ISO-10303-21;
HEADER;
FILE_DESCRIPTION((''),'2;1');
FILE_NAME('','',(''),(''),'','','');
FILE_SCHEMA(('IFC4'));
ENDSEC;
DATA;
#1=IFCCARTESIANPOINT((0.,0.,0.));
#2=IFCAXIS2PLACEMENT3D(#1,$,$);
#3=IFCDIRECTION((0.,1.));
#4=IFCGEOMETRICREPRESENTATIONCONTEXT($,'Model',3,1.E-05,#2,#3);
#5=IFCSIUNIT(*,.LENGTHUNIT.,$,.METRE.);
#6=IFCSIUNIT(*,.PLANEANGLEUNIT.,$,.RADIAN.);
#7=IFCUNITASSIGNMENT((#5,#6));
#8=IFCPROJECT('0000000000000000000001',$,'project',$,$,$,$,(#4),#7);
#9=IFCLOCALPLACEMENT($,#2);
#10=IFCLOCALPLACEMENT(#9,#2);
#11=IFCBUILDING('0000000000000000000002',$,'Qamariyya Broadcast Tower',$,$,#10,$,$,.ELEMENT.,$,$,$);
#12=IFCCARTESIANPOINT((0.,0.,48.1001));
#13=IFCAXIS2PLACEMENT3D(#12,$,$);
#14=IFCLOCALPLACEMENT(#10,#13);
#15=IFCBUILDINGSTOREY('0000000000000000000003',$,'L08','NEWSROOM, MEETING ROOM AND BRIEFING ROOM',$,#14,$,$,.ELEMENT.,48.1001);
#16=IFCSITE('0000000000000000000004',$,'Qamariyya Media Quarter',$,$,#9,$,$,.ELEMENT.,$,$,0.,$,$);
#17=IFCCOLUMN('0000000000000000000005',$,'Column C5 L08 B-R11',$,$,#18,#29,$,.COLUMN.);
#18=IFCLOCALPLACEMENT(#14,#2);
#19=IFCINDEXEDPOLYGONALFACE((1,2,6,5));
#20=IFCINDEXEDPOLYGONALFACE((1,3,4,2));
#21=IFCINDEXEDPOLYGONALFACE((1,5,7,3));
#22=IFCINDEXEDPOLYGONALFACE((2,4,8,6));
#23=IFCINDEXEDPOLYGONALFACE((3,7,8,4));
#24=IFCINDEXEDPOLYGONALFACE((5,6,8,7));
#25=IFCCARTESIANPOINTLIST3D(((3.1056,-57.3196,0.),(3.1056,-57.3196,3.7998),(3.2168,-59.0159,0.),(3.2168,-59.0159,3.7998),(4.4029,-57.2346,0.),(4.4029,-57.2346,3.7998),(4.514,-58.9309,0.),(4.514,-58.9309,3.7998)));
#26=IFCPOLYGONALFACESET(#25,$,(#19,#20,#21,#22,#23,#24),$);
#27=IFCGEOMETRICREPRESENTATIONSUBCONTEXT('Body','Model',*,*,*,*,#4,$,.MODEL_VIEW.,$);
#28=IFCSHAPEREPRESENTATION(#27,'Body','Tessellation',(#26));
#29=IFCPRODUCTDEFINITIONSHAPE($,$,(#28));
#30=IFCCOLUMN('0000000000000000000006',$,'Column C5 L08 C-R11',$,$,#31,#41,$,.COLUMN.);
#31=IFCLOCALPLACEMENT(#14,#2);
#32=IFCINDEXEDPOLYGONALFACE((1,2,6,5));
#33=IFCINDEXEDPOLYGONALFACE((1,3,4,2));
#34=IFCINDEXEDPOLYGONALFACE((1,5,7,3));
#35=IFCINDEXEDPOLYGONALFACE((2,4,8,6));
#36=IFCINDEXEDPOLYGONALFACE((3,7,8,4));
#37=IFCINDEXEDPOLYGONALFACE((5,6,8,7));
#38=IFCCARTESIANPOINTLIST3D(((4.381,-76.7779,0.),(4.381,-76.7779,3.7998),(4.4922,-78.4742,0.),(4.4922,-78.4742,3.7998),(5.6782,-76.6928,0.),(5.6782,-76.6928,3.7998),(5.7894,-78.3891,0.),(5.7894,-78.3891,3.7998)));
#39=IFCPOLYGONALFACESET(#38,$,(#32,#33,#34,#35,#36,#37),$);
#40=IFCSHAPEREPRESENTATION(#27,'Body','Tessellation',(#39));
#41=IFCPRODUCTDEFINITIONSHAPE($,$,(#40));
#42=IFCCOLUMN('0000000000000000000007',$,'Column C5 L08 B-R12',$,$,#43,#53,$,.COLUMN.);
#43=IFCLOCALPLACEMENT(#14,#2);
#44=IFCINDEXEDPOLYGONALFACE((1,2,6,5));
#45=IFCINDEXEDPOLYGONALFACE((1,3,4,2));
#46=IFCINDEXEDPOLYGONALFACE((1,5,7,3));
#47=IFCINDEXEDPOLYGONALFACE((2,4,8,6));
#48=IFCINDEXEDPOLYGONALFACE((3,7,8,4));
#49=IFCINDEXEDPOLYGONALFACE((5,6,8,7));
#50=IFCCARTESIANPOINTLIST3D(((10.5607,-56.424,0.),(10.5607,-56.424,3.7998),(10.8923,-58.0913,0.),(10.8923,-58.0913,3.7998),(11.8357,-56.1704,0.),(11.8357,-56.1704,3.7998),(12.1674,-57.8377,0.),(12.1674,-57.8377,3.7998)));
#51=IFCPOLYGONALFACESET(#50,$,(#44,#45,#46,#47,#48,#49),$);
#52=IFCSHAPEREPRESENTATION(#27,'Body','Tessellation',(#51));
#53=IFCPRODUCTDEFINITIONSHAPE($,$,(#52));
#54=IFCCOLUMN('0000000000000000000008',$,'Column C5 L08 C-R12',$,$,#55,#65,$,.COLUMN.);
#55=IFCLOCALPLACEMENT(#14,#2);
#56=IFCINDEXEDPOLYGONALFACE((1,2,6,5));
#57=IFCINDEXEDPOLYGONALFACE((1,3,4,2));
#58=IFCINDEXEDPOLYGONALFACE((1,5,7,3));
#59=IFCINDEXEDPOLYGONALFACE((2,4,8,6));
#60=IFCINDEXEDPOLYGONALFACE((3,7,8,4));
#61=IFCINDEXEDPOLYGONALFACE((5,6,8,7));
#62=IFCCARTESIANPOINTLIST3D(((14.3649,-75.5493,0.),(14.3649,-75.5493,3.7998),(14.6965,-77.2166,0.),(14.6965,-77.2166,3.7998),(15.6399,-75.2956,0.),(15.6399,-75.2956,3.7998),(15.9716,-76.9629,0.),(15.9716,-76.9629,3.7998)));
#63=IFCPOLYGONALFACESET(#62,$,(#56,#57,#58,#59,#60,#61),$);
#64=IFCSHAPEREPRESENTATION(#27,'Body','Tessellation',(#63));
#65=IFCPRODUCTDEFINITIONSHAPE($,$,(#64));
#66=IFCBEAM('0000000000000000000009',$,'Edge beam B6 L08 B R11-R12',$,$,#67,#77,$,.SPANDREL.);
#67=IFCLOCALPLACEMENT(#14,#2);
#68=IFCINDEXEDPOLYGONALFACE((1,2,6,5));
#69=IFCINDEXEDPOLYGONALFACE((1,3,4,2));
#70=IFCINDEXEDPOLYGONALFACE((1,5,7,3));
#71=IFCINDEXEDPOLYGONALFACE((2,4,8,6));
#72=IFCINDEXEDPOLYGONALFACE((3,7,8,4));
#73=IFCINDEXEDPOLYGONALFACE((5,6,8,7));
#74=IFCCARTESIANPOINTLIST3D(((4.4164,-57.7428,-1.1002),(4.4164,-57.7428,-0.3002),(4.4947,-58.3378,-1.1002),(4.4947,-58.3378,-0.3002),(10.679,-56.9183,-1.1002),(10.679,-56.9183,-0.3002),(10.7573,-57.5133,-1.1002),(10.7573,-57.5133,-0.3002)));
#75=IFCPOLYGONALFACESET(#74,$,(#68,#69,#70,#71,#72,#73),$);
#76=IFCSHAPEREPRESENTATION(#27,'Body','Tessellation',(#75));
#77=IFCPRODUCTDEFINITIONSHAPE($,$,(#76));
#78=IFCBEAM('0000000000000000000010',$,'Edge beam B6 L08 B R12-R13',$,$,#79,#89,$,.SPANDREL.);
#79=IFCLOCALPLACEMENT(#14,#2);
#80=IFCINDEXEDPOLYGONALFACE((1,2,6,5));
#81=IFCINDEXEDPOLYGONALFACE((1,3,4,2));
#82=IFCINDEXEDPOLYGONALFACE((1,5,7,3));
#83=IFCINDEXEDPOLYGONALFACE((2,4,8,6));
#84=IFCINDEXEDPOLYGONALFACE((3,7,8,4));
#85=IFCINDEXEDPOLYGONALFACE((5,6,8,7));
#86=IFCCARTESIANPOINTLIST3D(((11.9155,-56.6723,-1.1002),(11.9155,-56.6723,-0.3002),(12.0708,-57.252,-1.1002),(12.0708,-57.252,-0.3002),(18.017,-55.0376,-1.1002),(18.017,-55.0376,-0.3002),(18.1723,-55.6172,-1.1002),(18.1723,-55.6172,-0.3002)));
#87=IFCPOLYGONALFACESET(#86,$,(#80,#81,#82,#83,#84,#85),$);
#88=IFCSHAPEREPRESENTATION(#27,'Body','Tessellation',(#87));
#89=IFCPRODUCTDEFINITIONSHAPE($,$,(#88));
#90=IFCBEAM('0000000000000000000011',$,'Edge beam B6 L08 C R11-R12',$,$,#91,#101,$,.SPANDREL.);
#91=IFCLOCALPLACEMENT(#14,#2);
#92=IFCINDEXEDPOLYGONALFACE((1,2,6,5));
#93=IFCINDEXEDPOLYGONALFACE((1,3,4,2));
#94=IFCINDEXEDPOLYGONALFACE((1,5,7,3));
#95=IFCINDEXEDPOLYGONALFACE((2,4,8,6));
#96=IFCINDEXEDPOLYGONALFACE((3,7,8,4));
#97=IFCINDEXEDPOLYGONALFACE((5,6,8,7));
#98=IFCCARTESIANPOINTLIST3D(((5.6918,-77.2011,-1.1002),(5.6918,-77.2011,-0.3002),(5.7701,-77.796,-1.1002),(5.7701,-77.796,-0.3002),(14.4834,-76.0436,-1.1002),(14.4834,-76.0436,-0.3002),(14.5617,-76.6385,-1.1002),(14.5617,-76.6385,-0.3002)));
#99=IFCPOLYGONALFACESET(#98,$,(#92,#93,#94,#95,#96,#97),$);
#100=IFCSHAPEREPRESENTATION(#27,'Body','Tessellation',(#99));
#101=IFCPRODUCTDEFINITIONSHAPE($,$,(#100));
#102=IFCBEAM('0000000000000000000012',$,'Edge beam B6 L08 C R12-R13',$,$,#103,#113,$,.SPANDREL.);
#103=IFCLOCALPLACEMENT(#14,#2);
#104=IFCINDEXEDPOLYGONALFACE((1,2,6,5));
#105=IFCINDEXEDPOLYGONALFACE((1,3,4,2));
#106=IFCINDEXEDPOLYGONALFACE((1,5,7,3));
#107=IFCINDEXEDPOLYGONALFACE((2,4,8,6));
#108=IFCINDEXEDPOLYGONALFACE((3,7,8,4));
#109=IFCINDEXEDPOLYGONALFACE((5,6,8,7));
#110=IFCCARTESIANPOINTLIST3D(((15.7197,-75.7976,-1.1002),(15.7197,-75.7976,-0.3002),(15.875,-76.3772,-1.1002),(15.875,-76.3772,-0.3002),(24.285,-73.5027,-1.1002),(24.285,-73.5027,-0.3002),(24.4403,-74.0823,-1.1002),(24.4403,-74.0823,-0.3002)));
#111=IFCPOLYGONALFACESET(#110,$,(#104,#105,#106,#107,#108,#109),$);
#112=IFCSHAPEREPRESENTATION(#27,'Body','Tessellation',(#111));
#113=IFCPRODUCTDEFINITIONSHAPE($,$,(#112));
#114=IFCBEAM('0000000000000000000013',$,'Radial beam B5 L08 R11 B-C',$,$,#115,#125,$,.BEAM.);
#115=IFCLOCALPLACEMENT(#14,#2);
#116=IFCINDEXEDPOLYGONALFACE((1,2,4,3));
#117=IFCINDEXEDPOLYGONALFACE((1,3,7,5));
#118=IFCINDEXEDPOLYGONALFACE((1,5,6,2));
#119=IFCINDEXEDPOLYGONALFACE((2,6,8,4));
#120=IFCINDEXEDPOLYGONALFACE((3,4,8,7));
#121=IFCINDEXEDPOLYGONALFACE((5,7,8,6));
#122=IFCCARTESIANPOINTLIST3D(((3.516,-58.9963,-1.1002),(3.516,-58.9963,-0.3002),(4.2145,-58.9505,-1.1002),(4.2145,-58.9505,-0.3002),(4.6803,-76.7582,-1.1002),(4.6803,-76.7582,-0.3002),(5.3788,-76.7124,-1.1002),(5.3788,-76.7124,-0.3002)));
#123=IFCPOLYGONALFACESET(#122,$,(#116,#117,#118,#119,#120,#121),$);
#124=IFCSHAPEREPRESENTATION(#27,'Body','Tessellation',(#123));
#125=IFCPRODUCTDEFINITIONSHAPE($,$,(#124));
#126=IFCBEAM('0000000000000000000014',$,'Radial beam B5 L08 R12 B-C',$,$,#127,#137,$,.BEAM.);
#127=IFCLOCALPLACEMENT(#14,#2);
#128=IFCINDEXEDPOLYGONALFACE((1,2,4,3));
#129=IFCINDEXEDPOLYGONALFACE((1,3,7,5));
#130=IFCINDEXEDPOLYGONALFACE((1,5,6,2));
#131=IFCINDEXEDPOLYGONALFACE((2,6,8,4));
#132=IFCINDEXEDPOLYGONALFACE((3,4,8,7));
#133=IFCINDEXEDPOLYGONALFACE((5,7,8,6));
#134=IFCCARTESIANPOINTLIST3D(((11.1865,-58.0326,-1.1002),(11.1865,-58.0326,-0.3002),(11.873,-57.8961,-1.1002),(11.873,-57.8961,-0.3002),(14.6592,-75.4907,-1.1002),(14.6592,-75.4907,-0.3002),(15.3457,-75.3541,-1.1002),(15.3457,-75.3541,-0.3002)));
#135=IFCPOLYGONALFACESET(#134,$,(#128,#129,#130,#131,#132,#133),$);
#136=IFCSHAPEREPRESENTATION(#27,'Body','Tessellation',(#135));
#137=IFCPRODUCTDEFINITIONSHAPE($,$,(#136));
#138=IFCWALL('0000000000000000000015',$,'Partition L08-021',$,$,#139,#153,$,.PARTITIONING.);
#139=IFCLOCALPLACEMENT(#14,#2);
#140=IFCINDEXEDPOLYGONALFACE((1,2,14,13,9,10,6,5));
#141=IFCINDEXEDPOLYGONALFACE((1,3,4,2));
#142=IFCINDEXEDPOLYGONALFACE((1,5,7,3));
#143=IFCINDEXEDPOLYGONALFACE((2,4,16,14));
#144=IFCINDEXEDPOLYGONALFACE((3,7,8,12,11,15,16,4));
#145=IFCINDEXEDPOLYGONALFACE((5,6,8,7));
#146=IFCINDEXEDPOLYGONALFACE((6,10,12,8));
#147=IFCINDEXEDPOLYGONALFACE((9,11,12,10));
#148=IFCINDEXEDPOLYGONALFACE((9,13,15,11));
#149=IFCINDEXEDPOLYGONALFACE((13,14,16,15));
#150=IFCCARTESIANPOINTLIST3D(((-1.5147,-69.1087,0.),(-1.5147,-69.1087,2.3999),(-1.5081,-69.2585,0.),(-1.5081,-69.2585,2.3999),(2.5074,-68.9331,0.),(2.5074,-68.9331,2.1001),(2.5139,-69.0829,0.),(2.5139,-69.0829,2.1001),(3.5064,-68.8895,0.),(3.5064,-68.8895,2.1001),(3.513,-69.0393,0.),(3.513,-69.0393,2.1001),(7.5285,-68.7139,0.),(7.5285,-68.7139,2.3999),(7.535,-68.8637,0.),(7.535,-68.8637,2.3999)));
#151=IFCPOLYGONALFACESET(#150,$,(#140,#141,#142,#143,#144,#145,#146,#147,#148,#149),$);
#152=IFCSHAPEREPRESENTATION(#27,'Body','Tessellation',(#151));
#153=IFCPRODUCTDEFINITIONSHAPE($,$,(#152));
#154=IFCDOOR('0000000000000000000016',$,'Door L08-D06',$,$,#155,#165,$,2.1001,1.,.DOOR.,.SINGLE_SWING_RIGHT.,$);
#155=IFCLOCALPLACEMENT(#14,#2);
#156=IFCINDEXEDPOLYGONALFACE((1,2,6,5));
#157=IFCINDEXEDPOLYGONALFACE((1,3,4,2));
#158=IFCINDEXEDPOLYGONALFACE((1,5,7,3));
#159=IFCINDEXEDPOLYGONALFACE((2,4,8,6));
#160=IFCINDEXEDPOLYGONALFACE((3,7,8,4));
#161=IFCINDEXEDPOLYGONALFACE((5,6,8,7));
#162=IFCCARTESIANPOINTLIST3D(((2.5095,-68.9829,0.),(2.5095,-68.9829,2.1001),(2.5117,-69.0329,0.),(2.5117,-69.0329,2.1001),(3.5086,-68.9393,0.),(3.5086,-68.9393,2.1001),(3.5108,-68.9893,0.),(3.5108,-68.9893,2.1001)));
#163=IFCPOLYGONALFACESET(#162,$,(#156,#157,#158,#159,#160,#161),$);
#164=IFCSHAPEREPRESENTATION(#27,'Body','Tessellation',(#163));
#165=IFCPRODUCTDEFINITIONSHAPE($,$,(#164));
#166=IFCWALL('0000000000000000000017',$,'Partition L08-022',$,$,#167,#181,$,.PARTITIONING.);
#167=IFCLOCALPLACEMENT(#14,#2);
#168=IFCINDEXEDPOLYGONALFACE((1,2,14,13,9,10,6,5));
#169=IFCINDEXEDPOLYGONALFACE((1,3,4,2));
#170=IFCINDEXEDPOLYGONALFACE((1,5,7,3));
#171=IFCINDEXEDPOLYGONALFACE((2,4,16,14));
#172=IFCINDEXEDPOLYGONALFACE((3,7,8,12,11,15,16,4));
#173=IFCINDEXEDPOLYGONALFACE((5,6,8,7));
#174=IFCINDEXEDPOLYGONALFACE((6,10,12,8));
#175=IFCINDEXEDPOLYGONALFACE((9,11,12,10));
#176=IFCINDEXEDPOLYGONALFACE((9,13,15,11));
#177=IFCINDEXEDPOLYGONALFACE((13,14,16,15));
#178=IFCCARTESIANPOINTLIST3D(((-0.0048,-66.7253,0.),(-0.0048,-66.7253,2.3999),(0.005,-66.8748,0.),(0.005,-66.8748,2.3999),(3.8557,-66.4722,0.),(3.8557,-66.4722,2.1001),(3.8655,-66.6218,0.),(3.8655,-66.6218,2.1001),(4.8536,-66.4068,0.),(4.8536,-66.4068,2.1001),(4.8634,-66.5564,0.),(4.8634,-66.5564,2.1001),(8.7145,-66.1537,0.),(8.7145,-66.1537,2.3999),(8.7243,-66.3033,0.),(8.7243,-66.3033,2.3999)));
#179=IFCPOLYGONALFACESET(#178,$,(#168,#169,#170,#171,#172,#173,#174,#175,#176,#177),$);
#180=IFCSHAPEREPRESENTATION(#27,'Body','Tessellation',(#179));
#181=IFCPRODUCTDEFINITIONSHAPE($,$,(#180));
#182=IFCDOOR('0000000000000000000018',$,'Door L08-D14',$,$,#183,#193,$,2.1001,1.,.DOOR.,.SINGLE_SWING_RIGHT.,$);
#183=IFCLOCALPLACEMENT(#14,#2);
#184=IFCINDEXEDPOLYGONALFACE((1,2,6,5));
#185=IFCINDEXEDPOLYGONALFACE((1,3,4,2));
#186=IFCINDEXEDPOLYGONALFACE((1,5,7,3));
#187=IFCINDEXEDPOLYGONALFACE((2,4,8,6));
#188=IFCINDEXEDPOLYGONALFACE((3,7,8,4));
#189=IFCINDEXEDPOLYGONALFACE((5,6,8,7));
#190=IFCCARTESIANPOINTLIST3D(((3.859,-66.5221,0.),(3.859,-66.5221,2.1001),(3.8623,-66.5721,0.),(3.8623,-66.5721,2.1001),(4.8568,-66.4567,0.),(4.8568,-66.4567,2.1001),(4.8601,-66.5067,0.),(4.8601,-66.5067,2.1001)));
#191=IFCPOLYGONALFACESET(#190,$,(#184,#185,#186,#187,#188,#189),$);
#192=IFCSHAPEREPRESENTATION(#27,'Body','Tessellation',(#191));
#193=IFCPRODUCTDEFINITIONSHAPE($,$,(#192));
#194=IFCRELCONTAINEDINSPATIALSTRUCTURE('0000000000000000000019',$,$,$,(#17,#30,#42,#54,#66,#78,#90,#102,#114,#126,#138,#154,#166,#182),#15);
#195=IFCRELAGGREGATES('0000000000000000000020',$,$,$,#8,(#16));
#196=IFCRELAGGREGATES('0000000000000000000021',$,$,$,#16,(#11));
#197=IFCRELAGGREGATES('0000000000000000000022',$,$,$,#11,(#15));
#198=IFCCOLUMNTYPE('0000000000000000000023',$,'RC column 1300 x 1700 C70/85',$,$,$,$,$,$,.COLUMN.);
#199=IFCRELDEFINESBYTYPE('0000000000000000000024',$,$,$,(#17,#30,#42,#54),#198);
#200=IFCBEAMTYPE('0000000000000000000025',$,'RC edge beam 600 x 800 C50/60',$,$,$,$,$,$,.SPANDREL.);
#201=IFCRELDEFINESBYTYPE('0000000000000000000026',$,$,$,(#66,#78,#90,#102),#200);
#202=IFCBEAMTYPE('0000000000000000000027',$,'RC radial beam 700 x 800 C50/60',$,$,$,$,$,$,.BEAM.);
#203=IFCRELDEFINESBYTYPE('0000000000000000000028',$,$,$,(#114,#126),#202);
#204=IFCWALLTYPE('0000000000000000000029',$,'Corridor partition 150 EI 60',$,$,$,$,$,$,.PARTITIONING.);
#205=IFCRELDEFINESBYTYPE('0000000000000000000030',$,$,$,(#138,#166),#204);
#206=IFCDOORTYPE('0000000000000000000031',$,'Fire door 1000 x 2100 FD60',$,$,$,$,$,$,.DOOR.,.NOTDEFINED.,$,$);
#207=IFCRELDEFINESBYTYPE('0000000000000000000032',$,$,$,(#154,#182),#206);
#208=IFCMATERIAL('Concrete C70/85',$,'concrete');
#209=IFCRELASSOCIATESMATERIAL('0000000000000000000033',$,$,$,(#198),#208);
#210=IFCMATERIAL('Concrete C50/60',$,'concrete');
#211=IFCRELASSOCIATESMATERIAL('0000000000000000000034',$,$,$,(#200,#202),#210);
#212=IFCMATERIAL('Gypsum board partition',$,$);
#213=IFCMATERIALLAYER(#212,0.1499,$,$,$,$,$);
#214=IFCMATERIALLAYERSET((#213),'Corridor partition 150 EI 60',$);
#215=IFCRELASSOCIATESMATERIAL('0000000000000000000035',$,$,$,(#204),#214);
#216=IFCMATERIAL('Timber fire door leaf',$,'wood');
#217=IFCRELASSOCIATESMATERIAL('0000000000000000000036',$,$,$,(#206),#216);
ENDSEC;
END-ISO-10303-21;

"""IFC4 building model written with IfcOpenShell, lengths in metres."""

from ifc_helpers import new_model, si_unit, direction, frame, frame_2d, origin, origin_2d, place, context, subcontext, project, spatial, rectangle, extrude, material, layer, layer_set, material_profile, profile_set, type_object, element, fill, save


model = new_model("IFC4")

# Units and contexts
model_context = context("Model", 3, precision=1e-05, world=origin(), true_north=direction((0.0, 1.0)))
body_context = subcontext(model_context, "Body", "Model", "MODEL_VIEW")
ifc_project = project(units=[si_unit("LENGTHUNIT", "METRE"), si_unit("PLANEANGLEUNIT", "RADIAN")], contexts=[model_context])

# Site, building, storey
site_placement = place(None, origin())
site = spatial("IfcSite", under=ifc_project, at=site_placement, Name="Qamariyya Media Quarter", CompositionType="ELEMENT", RefElevation=0.0)
building_placement = place(site_placement, origin())
building = spatial("IfcBuilding", under=site, at=building_placement, Name="Qamariyya Broadcast Tower", CompositionType="ELEMENT")
storey_placement = place(building_placement, frame((0.0, 0.0, 48.1001)))
storey = spatial("IfcBuildingStorey", under=building, at=storey_placement, Name="L08", Description="NEWSROOM, MEETING ROOM AND BRIEFING ROOM", CompositionType="ELEMENT", Elevation=48.1001)

# Columns
ifc_material_1 = material(Name="Concrete C70/85", Category="concrete")
ifc_material_profile_1 = material_profile(ifc_material_1, rectangle(XDim=1.3, YDim=1.7, at=origin_2d()))
ifc_profile_set_1 = profile_set([ifc_material_profile_1], Name="Concrete C70/85")
column_type = type_object("IfcColumnType", Name="RC column 1300 x 1700 C70/85", PredefinedType="COLUMN", material=ifc_profile_set_1)
for number, where, z_axis, x_axis, name in (
    (1, (3.8098, -58.1252, 0.0), (0.0, 0.0, 1.0), (0.997859, 0.065403, 0.0), "Column C5 L08 B-R11"),
    (2, (5.0852, -77.5835, 0.0), (0.0, 0.0, 1.0), (0.997859, 0.065403, 0.0), "Column C5 L08 C-R11"),
    (3, (11.364, -57.1309, 0.0), (0.0, 0.0, 1.0), (0.980785, 0.19509, 0.0), "Column C5 L08 B-R12"),
    (4, (15.1682, -76.2561, 0.0), (0.0, 0.0, 1.0), (0.980785, 0.19509, 0.0), "Column C5 L08 C-R12"),
):
    element("IfcColumn", number, at=place(storey_placement, frame(where, z_axis=z_axis, x_axis=x_axis)), inside=storey, type_object=column_type, Name=name, PredefinedType="COLUMN", context=body_context, shape_type="SweptSolid", body=[
        extrude(rectangle(XDim=1.3, YDim=1.7, at=origin_2d()), origin(), (0.0, 0.0, 1.0), 3.7998),
    ])

# Beams
ifc_material_2 = material(Name="Concrete C50/60", Category="concrete")
ifc_material_profile_2 = material_profile(ifc_material_2, rectangle(XDim=0.6001, YDim=0.8, at=origin_2d()))
ifc_profile_set_2 = profile_set([ifc_material_profile_2], Name="Concrete C50/60")
beam_type_1 = type_object("IfcBeamType", Name="RC edge beam 600 x 800 C50/60", PredefinedType="SPANDREL", material=ifc_profile_set_2)
for number, where, z_axis, x_axis, name in (
    (5, (4.4556, -58.0403, -0.7002), (0.991446, 0.13052, 0.0), (-0.13052, 0.991446, 0.0), "Edge beam B6 L08 B R11-R12"),
    (6, (11.9932, -56.9622, -0.7002), (0.965931, 0.258798, 0.0), (-0.258798, 0.965931, 0.0), "Edge beam B6 L08 B R12-R13"),
):
    element("IfcBeam", number, at=place(storey_placement, frame(where, z_axis=z_axis, x_axis=x_axis)), inside=storey, type_object=beam_type_1, Name=name, PredefinedType="SPANDREL", context=body_context, shape_type="SweptSolid", body=[
        extrude(rectangle(XDim=0.6001, YDim=0.8, at=origin_2d()), origin(), (0.0, 0.0, 1.0), 6.3167),
    ])
for number, where, z_axis, x_axis, name in (
    (7, (5.731, -77.4985, -0.7002), (0.991444, 0.130531, 0.0), (-0.130531, 0.991444, 0.0), "Edge beam B6 L08 C R11-R12"),
    (8, (15.7974, -76.0874, -0.7002), (0.965931, 0.2588, 0.0), (-0.2588, 0.965931, 0.0), "Edge beam B6 L08 C R12-R13"),
):
    element("IfcBeam", number, at=place(storey_placement, frame(where, z_axis=z_axis, x_axis=x_axis)), inside=storey, type_object=beam_type_1, Name=name, PredefinedType="SPANDREL", context=body_context, shape_type="SweptSolid", body=[
        extrude(rectangle(XDim=0.6001, YDim=0.8, at=origin_2d()), origin(), (0.0, 0.0, 1.0), 8.8674),
    ])
ifc_material_profile_3 = material_profile(ifc_material_2, rectangle(XDim=0.7, YDim=0.8, at=origin_2d()))
ifc_profile_set_3 = profile_set([ifc_material_profile_3], Name="Concrete C50/60")
beam_type_2 = type_object("IfcBeamType", Name="RC radial beam 700 x 800 C50/60", PredefinedType="BEAM", material=ifc_profile_set_3)
for number, where, z_axis, x_axis, name in (
    (9, (3.8652, -58.9734, -0.7002), (0.06541, -0.997858, 0.0), (0.997858, 0.06541, 0.0), "Radial beam B5 L08 R11 B-C"),
    (10, (11.5298, -57.9644, -0.7002), (0.195093, -0.980785, 0.0), (0.980785, 0.195093, 0.0), "Radial beam B5 L08 R12 B-C"),
):
    element("IfcBeam", number, at=place(storey_placement, frame(where, z_axis=z_axis, x_axis=x_axis)), inside=storey, type_object=beam_type_2, Name=name, PredefinedType="BEAM", context=body_context, shape_type="SweptSolid", body=[
        extrude(rectangle(XDim=0.7, YDim=0.8, at=origin_2d()), origin(), (0.0, 0.0, 1.0), 17.8),
    ])

# Walls, openings, doors
ifc_material_3 = material(Name="Gypsum board partition")
ifc_layer_1 = layer(ifc_material_3, 0.1499)
ifc_layer_set_1 = layer_set([ifc_layer_1], Name="Corridor partition 150 EI 60")
wall_type_1 = type_object("IfcWallType", Name="Corridor partition 150 EI 60", PredefinedType="PARTITIONING", material=ifc_layer_set_1)
wall_1_placement = place(storey_placement, frame((7.5317, -68.7888, 0.0), z_axis=(0.0, 0.0, 1.0), x_axis=(-0.999049, -0.043613, 0.0)))
wall_1 = element("IfcWall", 11, at=wall_1_placement, inside=storey, type_object=wall_type_1, Name="Partition L08-021", PredefinedType="PARTITIONING", context=body_context, shape_type="SweptSolid", body=[
    extrude(rectangle(XDim=9.0518, YDim=0.1499, at=frame_2d((4.5259, 0.0))), origin(), (0.0, 0.0, 1.0), 2.3999),
])
opening_1_placement = place(wall_1_placement, frame((4.0259, 0.0, 0.0)))
opening_1 = element("IfcOpeningElement", 12, at=opening_1_placement, cuts=wall_1, PredefinedType="OPENING", context=body_context, shape_type="SweptSolid", body=[
    extrude(rectangle(XDim=1.0, YDim=2.1001, at=frame_2d((0.5, 1.05))), frame((0.0, 0.085, 0.0), z_axis=(0.0, -1.0, 0.0), x_axis=(1.0, 0.0, 0.0)), (0.0, 0.0, 1.0), 0.1699),
])
ifc_material_4 = material(Name="Timber fire door leaf", Category="wood")
door_type = type_object("IfcDoorType", Name="Fire door 1000 x 2100 FD60", OperationType="NOTDEFINED", PredefinedType="DOOR", material=ifc_material_4)
door_1_placement = place(opening_1_placement, origin())
door_1 = element("IfcDoor", 13, at=door_1_placement, inside=storey, type_object=door_type, Name="Door L08-D06", OperationType="SINGLE_SWING_RIGHT", OverallHeight=2.1001, OverallWidth=1.0, PredefinedType="DOOR", context=body_context, shape_type="SweptSolid", body=[
    extrude(rectangle(XDim=1.0, YDim=2.1001, at=frame_2d((0.5, 1.05))), frame((0.0, 0.0249, 0.0), z_axis=(0.0, -1.0, 0.0), x_axis=(1.0, 0.0, 0.0)), (0.0, 0.0, 1.0), 0.05),
])
fill(opening_1, door_1)
wall_2_placement = place(storey_placement, frame((0.0, -66.8, 0.0), z_axis=(0.0, 0.0, 1.0), x_axis=(0.997859, 0.065408, 0.0)))
wall_2 = element("IfcWall", 14, at=wall_2_placement, inside=storey, type_object=wall_type_1, Name="Partition L08-022", PredefinedType="PARTITIONING", context=body_context, shape_type="SweptSolid", body=[
    extrude(rectangle(XDim=8.738, YDim=0.1499, at=frame_2d((4.3691, 0.0))), origin(), (0.0, 0.0, 1.0), 2.3999),
])
opening_2_placement = place(wall_2_placement, frame((3.8689, 0.0, 0.0)))
opening_2 = element("IfcOpeningElement", 15, at=opening_2_placement, cuts=wall_2, PredefinedType="OPENING", context=body_context, shape_type="SweptSolid", body=[
    extrude(rectangle(XDim=1.0, YDim=2.1001, at=frame_2d((0.5, 1.05))), frame((0.0, 0.085, 0.0), z_axis=(0.0, -1.0, 0.0), x_axis=(1.0, 0.0, 0.0)), (0.0, 0.0, 1.0), 0.1699),
])
door_2_placement = place(opening_2_placement, origin())
door_2 = element("IfcDoor", 16, at=door_2_placement, inside=storey, type_object=door_type, Name="Door L08-D14", OperationType="SINGLE_SWING_RIGHT", OverallHeight=2.1001, OverallWidth=1.0, PredefinedType="DOOR", context=body_context, shape_type="SweptSolid", body=[
    extrude(rectangle(XDim=1.0, YDim=2.1001, at=frame_2d((0.5, 1.05))), frame((0.0, 0.0249, 0.0), z_axis=(0.0, -1.0, 0.0), x_axis=(1.0, 0.0, 0.0)), (0.0, 0.0, 1.0), 0.05),
])
fill(opening_2, door_2)

save(model, "model.ifc")
